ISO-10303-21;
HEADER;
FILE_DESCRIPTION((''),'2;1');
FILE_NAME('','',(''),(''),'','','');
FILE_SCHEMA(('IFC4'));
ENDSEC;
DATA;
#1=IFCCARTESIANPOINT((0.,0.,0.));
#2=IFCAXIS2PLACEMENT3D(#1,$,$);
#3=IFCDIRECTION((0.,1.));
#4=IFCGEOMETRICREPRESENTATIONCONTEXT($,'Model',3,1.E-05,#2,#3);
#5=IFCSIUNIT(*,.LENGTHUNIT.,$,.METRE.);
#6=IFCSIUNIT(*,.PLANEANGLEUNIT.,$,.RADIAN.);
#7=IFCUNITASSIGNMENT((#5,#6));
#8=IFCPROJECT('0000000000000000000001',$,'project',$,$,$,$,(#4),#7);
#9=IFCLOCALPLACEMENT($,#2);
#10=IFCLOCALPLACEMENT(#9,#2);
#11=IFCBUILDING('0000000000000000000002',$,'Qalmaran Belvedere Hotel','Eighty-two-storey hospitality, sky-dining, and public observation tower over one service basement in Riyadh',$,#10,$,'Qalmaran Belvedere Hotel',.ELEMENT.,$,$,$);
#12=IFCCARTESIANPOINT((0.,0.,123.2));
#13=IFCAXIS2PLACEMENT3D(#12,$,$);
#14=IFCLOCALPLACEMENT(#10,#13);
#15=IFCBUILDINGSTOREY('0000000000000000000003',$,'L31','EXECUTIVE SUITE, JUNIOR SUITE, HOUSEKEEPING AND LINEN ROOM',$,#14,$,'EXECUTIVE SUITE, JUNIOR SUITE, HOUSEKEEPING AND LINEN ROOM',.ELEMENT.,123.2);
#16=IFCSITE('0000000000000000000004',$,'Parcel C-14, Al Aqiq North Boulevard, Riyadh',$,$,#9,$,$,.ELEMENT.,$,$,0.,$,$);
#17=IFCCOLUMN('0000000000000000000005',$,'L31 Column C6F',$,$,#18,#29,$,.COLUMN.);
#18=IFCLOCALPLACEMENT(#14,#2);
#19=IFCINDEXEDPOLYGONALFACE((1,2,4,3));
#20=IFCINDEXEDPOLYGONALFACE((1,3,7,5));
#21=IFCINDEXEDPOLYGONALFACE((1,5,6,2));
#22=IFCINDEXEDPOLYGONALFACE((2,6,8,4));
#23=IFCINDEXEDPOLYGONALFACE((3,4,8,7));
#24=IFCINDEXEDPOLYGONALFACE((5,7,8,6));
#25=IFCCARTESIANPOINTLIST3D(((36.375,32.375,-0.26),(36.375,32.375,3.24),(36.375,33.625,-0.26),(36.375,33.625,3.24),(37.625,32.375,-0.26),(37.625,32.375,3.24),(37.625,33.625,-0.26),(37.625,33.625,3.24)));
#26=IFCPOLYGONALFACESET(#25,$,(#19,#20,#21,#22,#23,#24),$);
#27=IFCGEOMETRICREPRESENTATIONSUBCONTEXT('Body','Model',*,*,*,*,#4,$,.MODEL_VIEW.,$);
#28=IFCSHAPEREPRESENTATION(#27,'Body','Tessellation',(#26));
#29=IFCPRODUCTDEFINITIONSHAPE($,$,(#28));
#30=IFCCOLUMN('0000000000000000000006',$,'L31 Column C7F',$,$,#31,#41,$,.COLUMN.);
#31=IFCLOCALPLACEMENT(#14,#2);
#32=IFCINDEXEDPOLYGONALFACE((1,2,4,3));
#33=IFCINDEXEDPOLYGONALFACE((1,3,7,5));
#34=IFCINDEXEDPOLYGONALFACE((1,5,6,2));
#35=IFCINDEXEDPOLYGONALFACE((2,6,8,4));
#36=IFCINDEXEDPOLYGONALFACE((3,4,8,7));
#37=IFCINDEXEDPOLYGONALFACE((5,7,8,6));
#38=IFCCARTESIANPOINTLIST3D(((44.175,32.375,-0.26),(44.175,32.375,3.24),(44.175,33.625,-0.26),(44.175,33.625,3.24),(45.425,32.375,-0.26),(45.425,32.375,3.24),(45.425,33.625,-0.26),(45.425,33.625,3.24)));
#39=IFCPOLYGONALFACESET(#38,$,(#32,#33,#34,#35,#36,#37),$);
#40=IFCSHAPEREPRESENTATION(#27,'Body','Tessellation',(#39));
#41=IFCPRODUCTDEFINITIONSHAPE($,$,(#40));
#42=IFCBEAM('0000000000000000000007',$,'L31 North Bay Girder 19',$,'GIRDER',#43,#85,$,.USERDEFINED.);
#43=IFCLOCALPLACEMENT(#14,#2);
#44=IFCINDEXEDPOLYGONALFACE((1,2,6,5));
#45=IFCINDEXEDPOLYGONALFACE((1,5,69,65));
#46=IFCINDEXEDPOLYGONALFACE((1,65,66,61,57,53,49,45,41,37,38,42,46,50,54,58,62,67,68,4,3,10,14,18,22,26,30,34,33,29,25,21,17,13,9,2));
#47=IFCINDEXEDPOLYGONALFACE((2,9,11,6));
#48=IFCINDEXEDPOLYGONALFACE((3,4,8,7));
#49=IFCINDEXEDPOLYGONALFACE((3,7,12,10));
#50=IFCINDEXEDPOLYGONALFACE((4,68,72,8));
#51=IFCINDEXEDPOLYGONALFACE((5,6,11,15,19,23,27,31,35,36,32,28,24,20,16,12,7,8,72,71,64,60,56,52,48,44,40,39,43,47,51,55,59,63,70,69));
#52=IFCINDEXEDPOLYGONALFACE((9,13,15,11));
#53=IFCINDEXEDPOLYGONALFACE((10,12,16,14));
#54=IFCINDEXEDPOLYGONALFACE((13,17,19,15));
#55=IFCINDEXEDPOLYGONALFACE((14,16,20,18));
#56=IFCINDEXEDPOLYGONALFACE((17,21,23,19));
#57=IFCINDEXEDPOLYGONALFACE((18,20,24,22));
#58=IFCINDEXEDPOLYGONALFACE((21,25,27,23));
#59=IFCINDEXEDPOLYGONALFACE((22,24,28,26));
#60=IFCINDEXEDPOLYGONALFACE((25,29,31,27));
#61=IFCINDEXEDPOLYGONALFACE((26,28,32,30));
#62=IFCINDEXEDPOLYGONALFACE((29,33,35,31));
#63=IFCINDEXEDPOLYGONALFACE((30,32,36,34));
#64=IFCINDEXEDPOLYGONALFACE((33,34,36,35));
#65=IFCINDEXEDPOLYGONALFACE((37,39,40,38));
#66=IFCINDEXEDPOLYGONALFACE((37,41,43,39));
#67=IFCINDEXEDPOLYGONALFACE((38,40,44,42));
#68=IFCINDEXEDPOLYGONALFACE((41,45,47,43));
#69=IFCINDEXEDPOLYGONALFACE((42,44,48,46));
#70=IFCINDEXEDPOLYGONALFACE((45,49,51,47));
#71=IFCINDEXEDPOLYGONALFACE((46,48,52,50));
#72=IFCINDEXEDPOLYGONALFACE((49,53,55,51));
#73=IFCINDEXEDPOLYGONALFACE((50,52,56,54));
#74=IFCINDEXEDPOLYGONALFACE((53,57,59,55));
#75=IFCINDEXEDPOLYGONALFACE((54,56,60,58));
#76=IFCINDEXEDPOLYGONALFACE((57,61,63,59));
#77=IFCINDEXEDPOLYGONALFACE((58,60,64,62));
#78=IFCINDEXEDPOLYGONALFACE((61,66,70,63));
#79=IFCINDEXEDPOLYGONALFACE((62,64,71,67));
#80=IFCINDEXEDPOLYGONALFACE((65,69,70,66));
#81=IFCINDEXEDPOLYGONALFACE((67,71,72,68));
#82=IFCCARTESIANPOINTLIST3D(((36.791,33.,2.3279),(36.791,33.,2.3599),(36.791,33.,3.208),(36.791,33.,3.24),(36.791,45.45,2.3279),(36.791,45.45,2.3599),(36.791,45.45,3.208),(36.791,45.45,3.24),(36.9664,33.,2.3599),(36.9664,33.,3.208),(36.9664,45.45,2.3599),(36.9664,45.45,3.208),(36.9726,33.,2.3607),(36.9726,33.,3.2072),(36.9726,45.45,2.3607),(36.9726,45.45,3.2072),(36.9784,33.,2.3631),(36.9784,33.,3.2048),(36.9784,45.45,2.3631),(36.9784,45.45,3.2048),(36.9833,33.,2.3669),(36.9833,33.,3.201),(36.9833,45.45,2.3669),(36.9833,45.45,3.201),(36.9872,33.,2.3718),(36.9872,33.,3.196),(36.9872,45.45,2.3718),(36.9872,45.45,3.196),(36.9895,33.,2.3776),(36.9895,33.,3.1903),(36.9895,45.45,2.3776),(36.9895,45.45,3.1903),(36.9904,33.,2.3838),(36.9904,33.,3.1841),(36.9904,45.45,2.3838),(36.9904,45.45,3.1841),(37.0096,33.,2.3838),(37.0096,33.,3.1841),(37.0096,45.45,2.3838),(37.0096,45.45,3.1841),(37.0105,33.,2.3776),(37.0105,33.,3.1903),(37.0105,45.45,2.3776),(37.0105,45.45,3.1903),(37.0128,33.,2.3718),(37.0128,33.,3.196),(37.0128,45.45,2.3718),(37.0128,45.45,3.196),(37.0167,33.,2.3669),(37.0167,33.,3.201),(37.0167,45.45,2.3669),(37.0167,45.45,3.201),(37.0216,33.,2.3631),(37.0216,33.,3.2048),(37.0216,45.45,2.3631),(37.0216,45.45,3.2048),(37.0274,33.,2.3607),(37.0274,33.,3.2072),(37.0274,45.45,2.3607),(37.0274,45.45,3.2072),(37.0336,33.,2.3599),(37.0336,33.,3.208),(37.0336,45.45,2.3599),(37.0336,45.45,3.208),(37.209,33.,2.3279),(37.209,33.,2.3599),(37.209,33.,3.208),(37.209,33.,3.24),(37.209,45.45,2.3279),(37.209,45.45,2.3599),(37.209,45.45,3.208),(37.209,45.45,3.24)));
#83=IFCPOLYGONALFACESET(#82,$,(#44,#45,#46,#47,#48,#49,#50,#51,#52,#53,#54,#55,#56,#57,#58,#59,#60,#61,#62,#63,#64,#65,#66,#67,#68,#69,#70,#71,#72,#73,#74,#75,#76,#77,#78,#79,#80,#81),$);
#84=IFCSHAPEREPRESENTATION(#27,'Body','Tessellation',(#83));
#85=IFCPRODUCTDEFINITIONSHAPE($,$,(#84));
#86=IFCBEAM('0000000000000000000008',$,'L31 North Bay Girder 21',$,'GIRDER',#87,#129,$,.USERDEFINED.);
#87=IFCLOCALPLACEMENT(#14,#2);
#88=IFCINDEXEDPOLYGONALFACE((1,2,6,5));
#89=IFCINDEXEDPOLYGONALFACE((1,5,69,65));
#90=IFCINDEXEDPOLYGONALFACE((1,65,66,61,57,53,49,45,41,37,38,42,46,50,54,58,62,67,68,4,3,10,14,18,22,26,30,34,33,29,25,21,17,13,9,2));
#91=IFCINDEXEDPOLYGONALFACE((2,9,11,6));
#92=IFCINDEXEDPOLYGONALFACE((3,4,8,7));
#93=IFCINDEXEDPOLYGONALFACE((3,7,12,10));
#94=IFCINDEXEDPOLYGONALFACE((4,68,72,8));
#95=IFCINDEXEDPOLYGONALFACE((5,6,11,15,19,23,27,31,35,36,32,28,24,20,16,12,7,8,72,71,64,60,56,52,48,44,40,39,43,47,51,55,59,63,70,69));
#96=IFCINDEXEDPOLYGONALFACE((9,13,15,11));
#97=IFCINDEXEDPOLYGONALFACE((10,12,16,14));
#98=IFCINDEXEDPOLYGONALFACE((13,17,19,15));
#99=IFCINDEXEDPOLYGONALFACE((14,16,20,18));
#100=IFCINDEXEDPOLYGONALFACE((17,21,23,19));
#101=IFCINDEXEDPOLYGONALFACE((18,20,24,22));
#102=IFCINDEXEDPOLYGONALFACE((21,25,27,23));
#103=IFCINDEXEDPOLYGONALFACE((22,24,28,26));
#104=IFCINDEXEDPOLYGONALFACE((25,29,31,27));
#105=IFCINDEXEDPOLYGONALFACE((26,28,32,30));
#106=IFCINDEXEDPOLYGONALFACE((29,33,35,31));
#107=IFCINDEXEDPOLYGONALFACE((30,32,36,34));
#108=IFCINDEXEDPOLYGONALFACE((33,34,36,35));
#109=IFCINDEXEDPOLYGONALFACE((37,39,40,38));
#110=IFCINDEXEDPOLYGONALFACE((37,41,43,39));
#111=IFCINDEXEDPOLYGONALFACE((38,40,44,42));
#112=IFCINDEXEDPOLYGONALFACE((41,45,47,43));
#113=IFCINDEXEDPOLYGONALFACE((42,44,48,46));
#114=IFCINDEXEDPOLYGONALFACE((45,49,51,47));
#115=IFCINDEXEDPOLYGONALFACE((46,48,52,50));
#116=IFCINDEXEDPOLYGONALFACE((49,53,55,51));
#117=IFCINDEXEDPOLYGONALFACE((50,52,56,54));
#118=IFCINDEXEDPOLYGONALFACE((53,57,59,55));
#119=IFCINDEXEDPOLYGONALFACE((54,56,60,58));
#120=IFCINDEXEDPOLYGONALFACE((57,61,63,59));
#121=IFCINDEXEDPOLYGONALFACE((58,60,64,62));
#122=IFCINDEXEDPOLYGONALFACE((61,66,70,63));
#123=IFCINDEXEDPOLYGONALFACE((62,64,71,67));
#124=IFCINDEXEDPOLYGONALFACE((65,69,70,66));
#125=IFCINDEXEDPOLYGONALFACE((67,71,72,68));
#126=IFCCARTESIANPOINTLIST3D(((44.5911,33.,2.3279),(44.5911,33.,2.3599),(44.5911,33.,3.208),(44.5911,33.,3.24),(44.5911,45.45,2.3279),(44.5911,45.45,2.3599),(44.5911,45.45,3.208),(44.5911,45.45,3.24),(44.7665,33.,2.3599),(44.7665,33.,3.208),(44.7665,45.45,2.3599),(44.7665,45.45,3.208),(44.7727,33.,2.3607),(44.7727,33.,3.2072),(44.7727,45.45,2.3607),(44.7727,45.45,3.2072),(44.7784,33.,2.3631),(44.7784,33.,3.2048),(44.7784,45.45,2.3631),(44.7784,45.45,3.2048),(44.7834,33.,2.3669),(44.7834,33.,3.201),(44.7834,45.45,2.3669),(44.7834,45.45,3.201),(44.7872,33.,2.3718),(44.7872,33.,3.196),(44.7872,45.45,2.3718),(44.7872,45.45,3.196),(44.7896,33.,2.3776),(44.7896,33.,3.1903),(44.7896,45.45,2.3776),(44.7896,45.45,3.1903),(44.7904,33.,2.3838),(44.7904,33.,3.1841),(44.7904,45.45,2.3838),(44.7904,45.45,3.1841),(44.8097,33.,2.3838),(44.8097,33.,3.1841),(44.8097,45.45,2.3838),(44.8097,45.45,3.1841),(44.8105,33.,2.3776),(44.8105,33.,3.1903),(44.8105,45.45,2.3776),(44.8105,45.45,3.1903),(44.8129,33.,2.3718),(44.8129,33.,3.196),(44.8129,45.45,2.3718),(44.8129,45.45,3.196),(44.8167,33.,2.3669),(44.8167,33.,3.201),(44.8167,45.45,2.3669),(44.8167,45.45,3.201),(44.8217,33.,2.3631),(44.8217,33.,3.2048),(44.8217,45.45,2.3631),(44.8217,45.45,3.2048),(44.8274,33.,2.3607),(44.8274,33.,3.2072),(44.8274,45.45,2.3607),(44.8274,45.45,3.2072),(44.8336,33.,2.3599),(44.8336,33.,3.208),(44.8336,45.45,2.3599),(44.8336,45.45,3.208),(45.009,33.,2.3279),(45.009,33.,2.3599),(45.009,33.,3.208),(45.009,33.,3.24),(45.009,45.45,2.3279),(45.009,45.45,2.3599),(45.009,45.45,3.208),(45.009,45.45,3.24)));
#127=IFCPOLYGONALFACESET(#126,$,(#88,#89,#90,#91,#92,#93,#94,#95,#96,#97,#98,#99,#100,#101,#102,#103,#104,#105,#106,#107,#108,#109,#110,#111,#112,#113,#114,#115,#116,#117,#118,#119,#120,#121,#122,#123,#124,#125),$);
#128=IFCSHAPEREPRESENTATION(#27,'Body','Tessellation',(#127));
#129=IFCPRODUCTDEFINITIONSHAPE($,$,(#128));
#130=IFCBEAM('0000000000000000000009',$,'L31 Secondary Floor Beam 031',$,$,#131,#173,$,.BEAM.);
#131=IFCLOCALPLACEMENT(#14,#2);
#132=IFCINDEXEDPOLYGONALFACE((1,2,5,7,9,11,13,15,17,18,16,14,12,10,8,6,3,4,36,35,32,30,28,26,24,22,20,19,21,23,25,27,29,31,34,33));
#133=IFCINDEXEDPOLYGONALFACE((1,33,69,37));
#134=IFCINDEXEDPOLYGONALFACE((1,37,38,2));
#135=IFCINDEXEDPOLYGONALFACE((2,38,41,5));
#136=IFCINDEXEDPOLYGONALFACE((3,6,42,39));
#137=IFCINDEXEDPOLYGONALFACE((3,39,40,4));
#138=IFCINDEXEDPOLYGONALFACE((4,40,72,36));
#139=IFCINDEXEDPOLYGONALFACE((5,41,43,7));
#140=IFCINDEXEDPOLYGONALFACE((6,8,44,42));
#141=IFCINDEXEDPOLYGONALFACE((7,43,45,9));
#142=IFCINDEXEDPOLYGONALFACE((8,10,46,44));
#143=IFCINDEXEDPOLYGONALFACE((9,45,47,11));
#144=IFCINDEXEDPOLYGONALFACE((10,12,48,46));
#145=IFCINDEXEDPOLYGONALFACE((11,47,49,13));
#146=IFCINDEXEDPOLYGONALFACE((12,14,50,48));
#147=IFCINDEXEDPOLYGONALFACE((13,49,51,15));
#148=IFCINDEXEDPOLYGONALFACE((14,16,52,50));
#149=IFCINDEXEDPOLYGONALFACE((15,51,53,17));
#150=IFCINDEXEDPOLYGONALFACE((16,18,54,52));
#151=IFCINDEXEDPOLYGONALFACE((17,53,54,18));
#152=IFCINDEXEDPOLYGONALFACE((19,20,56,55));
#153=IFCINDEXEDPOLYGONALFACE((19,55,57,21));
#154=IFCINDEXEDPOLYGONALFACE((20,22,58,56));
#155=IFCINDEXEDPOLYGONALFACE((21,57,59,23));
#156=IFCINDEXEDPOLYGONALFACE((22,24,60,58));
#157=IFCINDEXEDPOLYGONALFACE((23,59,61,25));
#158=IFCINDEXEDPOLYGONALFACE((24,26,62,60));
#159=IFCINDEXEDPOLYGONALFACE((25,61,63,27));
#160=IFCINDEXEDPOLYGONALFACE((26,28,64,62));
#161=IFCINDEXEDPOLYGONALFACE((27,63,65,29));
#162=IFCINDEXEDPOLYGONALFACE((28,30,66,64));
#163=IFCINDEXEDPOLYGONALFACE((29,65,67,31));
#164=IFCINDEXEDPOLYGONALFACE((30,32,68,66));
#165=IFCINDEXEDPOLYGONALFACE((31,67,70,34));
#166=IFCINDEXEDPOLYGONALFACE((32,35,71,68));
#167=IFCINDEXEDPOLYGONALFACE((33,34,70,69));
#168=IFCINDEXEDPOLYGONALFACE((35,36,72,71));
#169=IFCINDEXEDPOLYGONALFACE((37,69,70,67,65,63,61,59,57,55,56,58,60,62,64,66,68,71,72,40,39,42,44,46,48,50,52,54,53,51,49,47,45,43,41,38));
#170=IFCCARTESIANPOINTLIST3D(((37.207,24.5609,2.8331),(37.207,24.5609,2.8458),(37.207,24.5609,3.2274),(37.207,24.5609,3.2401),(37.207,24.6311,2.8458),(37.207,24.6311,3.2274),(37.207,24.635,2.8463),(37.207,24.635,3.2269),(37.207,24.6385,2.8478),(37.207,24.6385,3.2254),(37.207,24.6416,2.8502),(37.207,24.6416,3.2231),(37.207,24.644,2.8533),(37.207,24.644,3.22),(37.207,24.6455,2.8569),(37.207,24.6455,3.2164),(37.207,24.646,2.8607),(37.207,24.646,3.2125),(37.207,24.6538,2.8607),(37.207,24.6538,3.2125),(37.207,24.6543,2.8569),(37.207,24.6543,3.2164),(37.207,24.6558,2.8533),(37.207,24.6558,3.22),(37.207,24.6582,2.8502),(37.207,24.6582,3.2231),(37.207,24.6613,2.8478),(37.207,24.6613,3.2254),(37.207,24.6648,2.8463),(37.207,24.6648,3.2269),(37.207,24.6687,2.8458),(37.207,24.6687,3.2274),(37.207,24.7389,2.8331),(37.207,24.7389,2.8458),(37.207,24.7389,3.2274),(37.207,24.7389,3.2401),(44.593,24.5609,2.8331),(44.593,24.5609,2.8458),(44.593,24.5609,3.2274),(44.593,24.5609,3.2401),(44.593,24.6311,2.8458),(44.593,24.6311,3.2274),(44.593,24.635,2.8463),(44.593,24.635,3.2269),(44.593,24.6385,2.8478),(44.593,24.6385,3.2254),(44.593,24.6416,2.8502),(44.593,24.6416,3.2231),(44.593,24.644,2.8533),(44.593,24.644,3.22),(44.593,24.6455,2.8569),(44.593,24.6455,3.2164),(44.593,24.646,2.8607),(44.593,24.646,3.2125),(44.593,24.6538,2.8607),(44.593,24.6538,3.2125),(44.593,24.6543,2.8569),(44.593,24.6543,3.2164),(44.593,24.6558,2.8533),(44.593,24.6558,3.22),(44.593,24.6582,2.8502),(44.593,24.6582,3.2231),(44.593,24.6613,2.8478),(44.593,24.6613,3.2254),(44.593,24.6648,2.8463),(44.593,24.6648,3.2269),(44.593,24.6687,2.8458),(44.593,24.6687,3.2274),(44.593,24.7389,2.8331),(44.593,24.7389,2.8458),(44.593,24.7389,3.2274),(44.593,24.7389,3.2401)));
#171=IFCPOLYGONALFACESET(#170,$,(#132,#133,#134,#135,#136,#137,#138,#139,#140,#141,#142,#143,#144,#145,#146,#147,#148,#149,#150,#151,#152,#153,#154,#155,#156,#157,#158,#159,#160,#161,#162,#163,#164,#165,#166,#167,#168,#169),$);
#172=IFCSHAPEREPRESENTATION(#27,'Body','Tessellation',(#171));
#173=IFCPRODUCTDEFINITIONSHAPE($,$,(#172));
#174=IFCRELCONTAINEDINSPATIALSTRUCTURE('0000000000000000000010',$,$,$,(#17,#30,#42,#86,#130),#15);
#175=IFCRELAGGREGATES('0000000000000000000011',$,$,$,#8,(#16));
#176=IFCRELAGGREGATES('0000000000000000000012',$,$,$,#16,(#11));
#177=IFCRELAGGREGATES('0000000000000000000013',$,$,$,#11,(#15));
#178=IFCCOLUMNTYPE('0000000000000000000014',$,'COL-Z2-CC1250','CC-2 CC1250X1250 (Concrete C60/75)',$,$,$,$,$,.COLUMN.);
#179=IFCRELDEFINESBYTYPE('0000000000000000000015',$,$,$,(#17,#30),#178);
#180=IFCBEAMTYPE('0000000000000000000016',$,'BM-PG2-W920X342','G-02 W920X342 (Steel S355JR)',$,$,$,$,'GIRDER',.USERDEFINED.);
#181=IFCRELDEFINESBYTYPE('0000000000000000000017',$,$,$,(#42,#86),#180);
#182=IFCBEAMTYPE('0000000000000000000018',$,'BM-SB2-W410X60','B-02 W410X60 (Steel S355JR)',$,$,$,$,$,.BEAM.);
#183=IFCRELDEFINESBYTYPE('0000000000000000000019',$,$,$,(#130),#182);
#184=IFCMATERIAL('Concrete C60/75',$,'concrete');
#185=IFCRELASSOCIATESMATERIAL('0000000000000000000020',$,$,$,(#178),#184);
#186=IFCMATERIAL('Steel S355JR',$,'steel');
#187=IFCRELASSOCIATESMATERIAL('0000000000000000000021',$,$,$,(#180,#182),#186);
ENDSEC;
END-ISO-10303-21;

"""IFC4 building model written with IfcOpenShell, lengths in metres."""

from ifc_helpers import new_model, si_unit, direction, frame, origin, origin_2d, place, context, subcontext, project, spatial, rectangle, i_section, extrude, material, material_profile, profile_set, type_object, element, save


model = new_model("IFC4")

# Units and contexts
model_context = context("Model", 3, precision=1e-05, world=origin(), true_north=direction((0.0, 1.0)))
body_context = subcontext(model_context, "Body", "Model", "MODEL_VIEW")
ifc_project = project(units=[si_unit("LENGTHUNIT", "METRE"), si_unit("PLANEANGLEUNIT", "RADIAN")], contexts=[model_context])

# Site, building, storey
site_placement = place(None, origin())
site = spatial("IfcSite", under=ifc_project, at=site_placement, Name="Parcel C-14, Al Aqiq North Boulevard, Riyadh", CompositionType="ELEMENT", RefElevation=0.0)
building_placement = place(site_placement, origin())
building = spatial("IfcBuilding", under=site, at=building_placement, Name="Qalmaran Belvedere Hotel", Description="Eighty-two-storey hospitality, sky-dining, and public observation tower over one service basement in Riyadh", LongName="Qalmaran Belvedere Hotel", CompositionType="ELEMENT")
storey_placement = place(building_placement, frame((0.0, 0.0, 123.2)))
storey = spatial("IfcBuildingStorey", under=building, at=storey_placement, Name="L31", Description="EXECUTIVE SUITE, JUNIOR SUITE, HOUSEKEEPING AND LINEN ROOM", LongName="EXECUTIVE SUITE, JUNIOR SUITE, HOUSEKEEPING AND LINEN ROOM", CompositionType="ELEMENT", Elevation=123.2)

# Columns
ifc_material_1 = material(Name="Concrete C60/75", Category="concrete")
ifc_material_profile_1 = material_profile(ifc_material_1, rectangle(XDim=1.25, YDim=1.25, at=origin_2d()), Name="CC1250X1250")
ifc_profile_set_1 = profile_set([ifc_material_profile_1], Name="Concrete C60/75")
column_type = type_object("IfcColumnType", Name="COL-Z2-CC1250", Description="CC-2 CC1250X1250 (Concrete C60/75)", PredefinedType="COLUMN", material=ifc_profile_set_1)
for number, where, z_axis, x_axis, name in (
    (1, (37.0, 33.0, -0.26), (0.0, 0.0, 1.0), (1.0, 0.0, 0.0), "L31 Column C6F"),
    (2, (44.8, 33.0, -0.26), (0.0, 0.0, 1.0), (1.0, 0.0, 0.0), "L31 Column C7F"),
):
    element("IfcColumn", number, at=place(storey_placement, frame(where, z_axis=z_axis, x_axis=x_axis)), inside=storey, type_object=column_type, Name=name, PredefinedType="COLUMN", context=body_context, shape_type="SweptSolid", body=[
        extrude(rectangle(XDim=1.25, YDim=1.25, at=origin_2d()), origin(), (0.0, 0.0, 1.0), 3.5),
    ])

# Beams
ifc_material_2 = material(Name="Steel S355JR", Category="steel")
ifc_material_profile_2 = material_profile(ifc_material_2, i_section(OverallWidth=0.418, OverallDepth=0.9121, WebThickness=0.0193, FlangeThickness=0.032, FilletRadius=0.0239, at=origin_2d()), Name="W920X342")
ifc_profile_set_2 = profile_set([ifc_material_profile_2], Name="Steel S355JR")
beam_type_1 = type_object("IfcBeamType", Name="BM-PG2-W920X342", Description="G-02 W920X342 (Steel S355JR)", ElementType="GIRDER", PredefinedType="USERDEFINED", material=ifc_profile_set_2)
for number, where, z_axis, x_axis, name in (
    (3, (37.0, 33.0, 2.7839), (0.0, 1.0, 0.0), (-1.0, 0.0, 0.0), "L31 North Bay Girder 19"),
    (4, (44.8, 33.0, 2.7839), (0.0, 1.0, 0.0), (-1.0, 0.0, 0.0), "L31 North Bay Girder 21"),
):
    element("IfcBeam", number, at=place(storey_placement, frame(where, z_axis=z_axis, x_axis=x_axis)), inside=storey, type_object=beam_type_1, Name=name, ObjectType="GIRDER", PredefinedType="USERDEFINED", context=body_context, shape_type="SweptSolid", body=[
        extrude(i_section(OverallWidth=0.418, OverallDepth=0.9121, WebThickness=0.0193, FlangeThickness=0.032, FilletRadius=0.0239, at=origin_2d()), origin(), (0.0, 0.0, 1.0), 12.45),
    ])
ifc_material_profile_3 = material_profile(ifc_material_2, i_section(OverallWidth=0.178, OverallDepth=0.407, WebThickness=0.0078, FlangeThickness=0.0127, FilletRadius=0.0149, at=origin_2d()), Name="W410X60")
ifc_profile_set_3 = profile_set([ifc_material_profile_3], Name="Steel S355JR")
beam_type_2 = type_object("IfcBeamType", Name="BM-SB2-W410X60", Description="B-02 W410X60 (Steel S355JR)", PredefinedType="BEAM", material=ifc_profile_set_3)
for number, where, z_axis, x_axis, name in (
    (5, (37.207, 24.6499, 3.0366), (1.0, 0.0, 0.0), (0.0, 1.0, 0.0), "L31 Secondary Floor Beam 031"),
):
    element("IfcBeam", number, at=place(storey_placement, frame(where, z_axis=z_axis, x_axis=x_axis)), inside=storey, type_object=beam_type_2, Name=name, PredefinedType="BEAM", context=body_context, shape_type="SweptSolid", body=[
        extrude(i_section(OverallWidth=0.178, OverallDepth=0.407, WebThickness=0.0078, FlangeThickness=0.0127, FilletRadius=0.0149, at=origin_2d()), origin(), (0.0, 0.0, 1.0), 7.386),
    ])

save(model, "model.ifc")
